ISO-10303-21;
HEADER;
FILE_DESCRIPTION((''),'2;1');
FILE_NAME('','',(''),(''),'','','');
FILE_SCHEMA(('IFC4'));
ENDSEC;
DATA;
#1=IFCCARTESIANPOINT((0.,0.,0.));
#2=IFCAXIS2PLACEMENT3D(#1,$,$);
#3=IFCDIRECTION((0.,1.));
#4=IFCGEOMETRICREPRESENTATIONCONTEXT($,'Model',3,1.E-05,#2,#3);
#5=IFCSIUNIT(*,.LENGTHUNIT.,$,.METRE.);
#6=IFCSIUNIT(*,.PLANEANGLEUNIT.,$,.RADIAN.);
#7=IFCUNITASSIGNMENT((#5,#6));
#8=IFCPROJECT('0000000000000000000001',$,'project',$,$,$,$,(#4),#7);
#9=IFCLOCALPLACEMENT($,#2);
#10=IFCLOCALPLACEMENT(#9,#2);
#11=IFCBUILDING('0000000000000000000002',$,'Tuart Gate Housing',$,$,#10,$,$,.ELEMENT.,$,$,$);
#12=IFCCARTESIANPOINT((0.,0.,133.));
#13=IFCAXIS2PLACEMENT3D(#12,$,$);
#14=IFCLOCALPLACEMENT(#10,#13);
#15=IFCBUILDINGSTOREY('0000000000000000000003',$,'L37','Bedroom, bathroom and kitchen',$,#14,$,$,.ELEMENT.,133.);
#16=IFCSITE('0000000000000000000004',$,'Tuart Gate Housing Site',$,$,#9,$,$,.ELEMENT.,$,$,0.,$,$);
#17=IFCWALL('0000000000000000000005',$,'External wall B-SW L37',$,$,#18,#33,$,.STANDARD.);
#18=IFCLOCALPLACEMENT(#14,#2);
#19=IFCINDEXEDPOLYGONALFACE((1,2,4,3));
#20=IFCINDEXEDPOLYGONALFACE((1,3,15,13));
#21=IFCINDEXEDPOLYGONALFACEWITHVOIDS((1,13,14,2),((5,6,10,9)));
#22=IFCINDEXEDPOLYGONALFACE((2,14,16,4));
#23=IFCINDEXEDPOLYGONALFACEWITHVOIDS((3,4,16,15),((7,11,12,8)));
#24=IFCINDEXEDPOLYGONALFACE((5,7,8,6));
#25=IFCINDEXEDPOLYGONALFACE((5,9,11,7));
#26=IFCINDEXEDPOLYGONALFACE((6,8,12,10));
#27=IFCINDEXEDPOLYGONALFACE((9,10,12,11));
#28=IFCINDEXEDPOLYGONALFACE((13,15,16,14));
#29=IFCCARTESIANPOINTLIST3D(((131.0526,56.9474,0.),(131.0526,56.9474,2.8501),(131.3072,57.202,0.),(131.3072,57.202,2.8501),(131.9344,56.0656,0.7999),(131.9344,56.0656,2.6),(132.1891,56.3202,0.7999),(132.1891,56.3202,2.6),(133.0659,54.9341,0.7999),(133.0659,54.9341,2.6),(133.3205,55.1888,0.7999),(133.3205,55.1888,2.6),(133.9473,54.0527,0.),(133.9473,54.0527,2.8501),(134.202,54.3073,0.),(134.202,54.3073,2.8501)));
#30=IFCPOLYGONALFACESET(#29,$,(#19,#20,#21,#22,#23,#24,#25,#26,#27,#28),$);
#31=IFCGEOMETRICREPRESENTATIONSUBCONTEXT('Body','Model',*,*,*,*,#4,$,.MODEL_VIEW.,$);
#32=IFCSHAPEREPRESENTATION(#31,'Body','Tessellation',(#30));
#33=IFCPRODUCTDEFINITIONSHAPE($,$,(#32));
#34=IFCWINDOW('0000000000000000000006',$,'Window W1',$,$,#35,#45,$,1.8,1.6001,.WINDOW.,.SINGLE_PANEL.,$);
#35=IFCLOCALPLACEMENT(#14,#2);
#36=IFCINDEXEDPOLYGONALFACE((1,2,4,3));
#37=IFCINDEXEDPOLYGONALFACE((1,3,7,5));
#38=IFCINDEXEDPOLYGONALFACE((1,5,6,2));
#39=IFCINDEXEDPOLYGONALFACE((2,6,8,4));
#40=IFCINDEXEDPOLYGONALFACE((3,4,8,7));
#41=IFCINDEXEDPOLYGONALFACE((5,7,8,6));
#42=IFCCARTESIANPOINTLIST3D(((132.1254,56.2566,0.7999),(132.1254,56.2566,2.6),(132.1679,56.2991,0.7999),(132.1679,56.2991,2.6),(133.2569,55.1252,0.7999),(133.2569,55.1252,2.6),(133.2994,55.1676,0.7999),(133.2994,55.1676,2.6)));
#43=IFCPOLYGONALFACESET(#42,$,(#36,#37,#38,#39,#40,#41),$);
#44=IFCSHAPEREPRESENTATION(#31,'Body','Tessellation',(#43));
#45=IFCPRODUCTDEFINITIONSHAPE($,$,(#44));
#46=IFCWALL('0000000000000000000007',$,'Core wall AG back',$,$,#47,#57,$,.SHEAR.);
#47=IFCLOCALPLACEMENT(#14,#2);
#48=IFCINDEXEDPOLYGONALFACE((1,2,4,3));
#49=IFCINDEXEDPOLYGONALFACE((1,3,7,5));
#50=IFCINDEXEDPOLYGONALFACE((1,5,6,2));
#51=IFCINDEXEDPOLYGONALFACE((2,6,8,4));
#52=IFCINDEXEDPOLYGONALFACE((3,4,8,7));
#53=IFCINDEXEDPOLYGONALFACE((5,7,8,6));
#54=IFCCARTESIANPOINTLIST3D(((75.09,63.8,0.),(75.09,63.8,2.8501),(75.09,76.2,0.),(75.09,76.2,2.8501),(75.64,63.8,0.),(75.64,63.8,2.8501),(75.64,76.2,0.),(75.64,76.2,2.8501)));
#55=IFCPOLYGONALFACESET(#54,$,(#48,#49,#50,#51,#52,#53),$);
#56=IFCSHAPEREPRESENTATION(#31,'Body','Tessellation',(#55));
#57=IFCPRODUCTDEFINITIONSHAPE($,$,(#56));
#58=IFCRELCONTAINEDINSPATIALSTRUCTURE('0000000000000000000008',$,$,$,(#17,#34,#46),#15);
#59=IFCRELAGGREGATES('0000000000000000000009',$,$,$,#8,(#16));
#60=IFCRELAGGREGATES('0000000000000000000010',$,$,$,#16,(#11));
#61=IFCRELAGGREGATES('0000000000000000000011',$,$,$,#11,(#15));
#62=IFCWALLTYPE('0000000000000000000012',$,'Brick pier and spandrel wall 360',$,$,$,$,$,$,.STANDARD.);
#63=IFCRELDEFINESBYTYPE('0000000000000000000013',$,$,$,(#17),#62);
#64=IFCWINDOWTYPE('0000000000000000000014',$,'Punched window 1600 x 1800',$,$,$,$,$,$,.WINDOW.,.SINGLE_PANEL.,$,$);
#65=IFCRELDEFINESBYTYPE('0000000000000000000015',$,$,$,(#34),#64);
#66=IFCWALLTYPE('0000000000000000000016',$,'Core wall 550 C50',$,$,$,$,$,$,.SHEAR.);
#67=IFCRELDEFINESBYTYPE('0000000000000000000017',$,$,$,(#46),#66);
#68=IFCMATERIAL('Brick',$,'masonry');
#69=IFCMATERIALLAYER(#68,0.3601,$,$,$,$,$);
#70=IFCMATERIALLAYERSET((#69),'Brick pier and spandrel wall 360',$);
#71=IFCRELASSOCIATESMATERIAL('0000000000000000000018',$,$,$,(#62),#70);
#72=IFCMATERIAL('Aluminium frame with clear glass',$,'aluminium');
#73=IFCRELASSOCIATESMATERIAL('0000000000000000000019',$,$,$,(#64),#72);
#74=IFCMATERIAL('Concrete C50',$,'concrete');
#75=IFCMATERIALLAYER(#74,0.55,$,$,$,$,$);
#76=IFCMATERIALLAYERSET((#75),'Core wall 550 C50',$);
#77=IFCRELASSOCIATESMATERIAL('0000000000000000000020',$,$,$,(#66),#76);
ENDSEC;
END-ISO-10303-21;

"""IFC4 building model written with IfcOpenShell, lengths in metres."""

from ifc_helpers import new_model, si_unit, direction, frame, frame_2d, origin, place, context, subcontext, project, spatial, rectangle, extrude, material, layer, layer_set, type_object, element, fill, save


model = new_model("IFC4")

# Units and contexts
model_context = context("Model", 3, precision=1e-05, world=origin(), true_north=direction((0.0, 1.0)))
body_context = subcontext(model_context, "Body", "Model", "MODEL_VIEW")
ifc_project = project(units=[si_unit("LENGTHUNIT", "METRE"), si_unit("PLANEANGLEUNIT", "RADIAN")], contexts=[model_context])

# Site, building, storey
site_placement = place(None, origin())
site = spatial("IfcSite", under=ifc_project, at=site_placement, Name="Tuart Gate Housing Site", CompositionType="ELEMENT", RefElevation=0.0)
building_placement = place(site_placement, origin())
building = spatial("IfcBuilding", under=site, at=building_placement, Name="Tuart Gate Housing", CompositionType="ELEMENT")
storey_placement = place(building_placement, frame((0.0, 0.0, 133.0)))
storey = spatial("IfcBuildingStorey", under=building, at=storey_placement, Name="L37", Description="Bedroom, bathroom and kitchen", CompositionType="ELEMENT", Elevation=133.0)

# Shared definitions
ifc_material_1 = material(Name="Brick", Category="masonry")
ifc_layer_1 = layer(ifc_material_1, 0.3601)
ifc_layer_set_1 = layer_set([ifc_layer_1], Name="Brick pier and spandrel wall 360")
wall_type_1 = type_object("IfcWallType", Name="Brick pier and spandrel wall 360", PredefinedType="STANDARD", material=ifc_layer_set_1)
ifc_material_2 = material(Name="Aluminium frame with clear glass", Category="aluminium")
window_type = type_object("IfcWindowType", Name="Punched window 1600 x 1800", PartitioningType="SINGLE_PANEL", PredefinedType="WINDOW", material=ifc_material_2)

# Wall, opening, window
wall_1_placement = place(storey_placement, frame((131.1799, 57.0747, 0.0), z_axis=(0.0, 0.0, 1.0), x_axis=(0.707107, -0.707107, 0.0)))
wall_1 = element("IfcWall", 1, at=wall_1_placement, inside=storey, type_object=wall_type_1, Name="External wall B-SW L37", PredefinedType="STANDARD", context=body_context, shape_type="SweptSolid", body=[
    extrude(rectangle(XDim=4.0938, YDim=0.3601, at=frame_2d((2.0469, 0.0))), origin(), (0.0, 0.0, 1.0), 2.8501),
])
opening_1_placement = place(wall_1_placement, frame((1.2471, 0.0, 0.8)))
opening_1 = element("IfcOpeningElement", 2, at=opening_1_placement, cuts=wall_1, PredefinedType="OPENING", context=body_context, shape_type="SweptSolid", body=[
    extrude(rectangle(XDim=1.6001, YDim=1.8, at=frame_2d((0.8, 0.8999))), frame((0.0, 0.1899, 0.0), z_axis=(0.0, -1.0, 0.0), x_axis=(1.0, 0.0, 0.0)), (0.0, 0.0, 1.0), 0.3801),
])
window_1_placement = place(opening_1_placement, origin())
window_1 = element("IfcWindow", 3, at=window_1_placement, inside=storey, type_object=window_type, Name="Window W1", OverallHeight=1.8, OverallWidth=1.6001, PartitioningType="SINGLE_PANEL", PredefinedType="WINDOW", context=body_context, shape_type="SweptSolid", body=[
    extrude(rectangle(XDim=1.6001, YDim=1.8, at=frame_2d((0.8, 0.8999))), frame((0.0, 0.1501, 0.0), z_axis=(0.0, -1.0, 0.0), x_axis=(1.0, 0.0, 0.0)), (0.0, 0.0, 1.0), 0.0601),
])
fill(opening_1, window_1)

# Wall
ifc_material_3 = material(Name="Concrete C50", Category="concrete")
ifc_layer_2 = layer(ifc_material_3, 0.55)
ifc_layer_set_2 = layer_set([ifc_layer_2], Name="Core wall 550 C50")
wall_type_2 = type_object("IfcWallType", Name="Core wall 550 C50", PredefinedType="SHEAR", material=ifc_layer_set_2)
wall_2_placement = place(storey_placement, frame((75.365, 63.8, 0.0), z_axis=(0.0, 0.0, 1.0), x_axis=(0.0, 1.0, 0.0)))
element("IfcWall", 4, at=wall_2_placement, inside=storey, type_object=wall_type_2, Name="Core wall AG back", PredefinedType="SHEAR", context=body_context, shape_type="SweptSolid", body=[
    extrude(rectangle(XDim=12.3999, YDim=0.55, at=frame_2d((6.2, 0.0))), origin(), (0.0, 0.0, 1.0), 2.8501),
])

save(model, "model.ifc")
